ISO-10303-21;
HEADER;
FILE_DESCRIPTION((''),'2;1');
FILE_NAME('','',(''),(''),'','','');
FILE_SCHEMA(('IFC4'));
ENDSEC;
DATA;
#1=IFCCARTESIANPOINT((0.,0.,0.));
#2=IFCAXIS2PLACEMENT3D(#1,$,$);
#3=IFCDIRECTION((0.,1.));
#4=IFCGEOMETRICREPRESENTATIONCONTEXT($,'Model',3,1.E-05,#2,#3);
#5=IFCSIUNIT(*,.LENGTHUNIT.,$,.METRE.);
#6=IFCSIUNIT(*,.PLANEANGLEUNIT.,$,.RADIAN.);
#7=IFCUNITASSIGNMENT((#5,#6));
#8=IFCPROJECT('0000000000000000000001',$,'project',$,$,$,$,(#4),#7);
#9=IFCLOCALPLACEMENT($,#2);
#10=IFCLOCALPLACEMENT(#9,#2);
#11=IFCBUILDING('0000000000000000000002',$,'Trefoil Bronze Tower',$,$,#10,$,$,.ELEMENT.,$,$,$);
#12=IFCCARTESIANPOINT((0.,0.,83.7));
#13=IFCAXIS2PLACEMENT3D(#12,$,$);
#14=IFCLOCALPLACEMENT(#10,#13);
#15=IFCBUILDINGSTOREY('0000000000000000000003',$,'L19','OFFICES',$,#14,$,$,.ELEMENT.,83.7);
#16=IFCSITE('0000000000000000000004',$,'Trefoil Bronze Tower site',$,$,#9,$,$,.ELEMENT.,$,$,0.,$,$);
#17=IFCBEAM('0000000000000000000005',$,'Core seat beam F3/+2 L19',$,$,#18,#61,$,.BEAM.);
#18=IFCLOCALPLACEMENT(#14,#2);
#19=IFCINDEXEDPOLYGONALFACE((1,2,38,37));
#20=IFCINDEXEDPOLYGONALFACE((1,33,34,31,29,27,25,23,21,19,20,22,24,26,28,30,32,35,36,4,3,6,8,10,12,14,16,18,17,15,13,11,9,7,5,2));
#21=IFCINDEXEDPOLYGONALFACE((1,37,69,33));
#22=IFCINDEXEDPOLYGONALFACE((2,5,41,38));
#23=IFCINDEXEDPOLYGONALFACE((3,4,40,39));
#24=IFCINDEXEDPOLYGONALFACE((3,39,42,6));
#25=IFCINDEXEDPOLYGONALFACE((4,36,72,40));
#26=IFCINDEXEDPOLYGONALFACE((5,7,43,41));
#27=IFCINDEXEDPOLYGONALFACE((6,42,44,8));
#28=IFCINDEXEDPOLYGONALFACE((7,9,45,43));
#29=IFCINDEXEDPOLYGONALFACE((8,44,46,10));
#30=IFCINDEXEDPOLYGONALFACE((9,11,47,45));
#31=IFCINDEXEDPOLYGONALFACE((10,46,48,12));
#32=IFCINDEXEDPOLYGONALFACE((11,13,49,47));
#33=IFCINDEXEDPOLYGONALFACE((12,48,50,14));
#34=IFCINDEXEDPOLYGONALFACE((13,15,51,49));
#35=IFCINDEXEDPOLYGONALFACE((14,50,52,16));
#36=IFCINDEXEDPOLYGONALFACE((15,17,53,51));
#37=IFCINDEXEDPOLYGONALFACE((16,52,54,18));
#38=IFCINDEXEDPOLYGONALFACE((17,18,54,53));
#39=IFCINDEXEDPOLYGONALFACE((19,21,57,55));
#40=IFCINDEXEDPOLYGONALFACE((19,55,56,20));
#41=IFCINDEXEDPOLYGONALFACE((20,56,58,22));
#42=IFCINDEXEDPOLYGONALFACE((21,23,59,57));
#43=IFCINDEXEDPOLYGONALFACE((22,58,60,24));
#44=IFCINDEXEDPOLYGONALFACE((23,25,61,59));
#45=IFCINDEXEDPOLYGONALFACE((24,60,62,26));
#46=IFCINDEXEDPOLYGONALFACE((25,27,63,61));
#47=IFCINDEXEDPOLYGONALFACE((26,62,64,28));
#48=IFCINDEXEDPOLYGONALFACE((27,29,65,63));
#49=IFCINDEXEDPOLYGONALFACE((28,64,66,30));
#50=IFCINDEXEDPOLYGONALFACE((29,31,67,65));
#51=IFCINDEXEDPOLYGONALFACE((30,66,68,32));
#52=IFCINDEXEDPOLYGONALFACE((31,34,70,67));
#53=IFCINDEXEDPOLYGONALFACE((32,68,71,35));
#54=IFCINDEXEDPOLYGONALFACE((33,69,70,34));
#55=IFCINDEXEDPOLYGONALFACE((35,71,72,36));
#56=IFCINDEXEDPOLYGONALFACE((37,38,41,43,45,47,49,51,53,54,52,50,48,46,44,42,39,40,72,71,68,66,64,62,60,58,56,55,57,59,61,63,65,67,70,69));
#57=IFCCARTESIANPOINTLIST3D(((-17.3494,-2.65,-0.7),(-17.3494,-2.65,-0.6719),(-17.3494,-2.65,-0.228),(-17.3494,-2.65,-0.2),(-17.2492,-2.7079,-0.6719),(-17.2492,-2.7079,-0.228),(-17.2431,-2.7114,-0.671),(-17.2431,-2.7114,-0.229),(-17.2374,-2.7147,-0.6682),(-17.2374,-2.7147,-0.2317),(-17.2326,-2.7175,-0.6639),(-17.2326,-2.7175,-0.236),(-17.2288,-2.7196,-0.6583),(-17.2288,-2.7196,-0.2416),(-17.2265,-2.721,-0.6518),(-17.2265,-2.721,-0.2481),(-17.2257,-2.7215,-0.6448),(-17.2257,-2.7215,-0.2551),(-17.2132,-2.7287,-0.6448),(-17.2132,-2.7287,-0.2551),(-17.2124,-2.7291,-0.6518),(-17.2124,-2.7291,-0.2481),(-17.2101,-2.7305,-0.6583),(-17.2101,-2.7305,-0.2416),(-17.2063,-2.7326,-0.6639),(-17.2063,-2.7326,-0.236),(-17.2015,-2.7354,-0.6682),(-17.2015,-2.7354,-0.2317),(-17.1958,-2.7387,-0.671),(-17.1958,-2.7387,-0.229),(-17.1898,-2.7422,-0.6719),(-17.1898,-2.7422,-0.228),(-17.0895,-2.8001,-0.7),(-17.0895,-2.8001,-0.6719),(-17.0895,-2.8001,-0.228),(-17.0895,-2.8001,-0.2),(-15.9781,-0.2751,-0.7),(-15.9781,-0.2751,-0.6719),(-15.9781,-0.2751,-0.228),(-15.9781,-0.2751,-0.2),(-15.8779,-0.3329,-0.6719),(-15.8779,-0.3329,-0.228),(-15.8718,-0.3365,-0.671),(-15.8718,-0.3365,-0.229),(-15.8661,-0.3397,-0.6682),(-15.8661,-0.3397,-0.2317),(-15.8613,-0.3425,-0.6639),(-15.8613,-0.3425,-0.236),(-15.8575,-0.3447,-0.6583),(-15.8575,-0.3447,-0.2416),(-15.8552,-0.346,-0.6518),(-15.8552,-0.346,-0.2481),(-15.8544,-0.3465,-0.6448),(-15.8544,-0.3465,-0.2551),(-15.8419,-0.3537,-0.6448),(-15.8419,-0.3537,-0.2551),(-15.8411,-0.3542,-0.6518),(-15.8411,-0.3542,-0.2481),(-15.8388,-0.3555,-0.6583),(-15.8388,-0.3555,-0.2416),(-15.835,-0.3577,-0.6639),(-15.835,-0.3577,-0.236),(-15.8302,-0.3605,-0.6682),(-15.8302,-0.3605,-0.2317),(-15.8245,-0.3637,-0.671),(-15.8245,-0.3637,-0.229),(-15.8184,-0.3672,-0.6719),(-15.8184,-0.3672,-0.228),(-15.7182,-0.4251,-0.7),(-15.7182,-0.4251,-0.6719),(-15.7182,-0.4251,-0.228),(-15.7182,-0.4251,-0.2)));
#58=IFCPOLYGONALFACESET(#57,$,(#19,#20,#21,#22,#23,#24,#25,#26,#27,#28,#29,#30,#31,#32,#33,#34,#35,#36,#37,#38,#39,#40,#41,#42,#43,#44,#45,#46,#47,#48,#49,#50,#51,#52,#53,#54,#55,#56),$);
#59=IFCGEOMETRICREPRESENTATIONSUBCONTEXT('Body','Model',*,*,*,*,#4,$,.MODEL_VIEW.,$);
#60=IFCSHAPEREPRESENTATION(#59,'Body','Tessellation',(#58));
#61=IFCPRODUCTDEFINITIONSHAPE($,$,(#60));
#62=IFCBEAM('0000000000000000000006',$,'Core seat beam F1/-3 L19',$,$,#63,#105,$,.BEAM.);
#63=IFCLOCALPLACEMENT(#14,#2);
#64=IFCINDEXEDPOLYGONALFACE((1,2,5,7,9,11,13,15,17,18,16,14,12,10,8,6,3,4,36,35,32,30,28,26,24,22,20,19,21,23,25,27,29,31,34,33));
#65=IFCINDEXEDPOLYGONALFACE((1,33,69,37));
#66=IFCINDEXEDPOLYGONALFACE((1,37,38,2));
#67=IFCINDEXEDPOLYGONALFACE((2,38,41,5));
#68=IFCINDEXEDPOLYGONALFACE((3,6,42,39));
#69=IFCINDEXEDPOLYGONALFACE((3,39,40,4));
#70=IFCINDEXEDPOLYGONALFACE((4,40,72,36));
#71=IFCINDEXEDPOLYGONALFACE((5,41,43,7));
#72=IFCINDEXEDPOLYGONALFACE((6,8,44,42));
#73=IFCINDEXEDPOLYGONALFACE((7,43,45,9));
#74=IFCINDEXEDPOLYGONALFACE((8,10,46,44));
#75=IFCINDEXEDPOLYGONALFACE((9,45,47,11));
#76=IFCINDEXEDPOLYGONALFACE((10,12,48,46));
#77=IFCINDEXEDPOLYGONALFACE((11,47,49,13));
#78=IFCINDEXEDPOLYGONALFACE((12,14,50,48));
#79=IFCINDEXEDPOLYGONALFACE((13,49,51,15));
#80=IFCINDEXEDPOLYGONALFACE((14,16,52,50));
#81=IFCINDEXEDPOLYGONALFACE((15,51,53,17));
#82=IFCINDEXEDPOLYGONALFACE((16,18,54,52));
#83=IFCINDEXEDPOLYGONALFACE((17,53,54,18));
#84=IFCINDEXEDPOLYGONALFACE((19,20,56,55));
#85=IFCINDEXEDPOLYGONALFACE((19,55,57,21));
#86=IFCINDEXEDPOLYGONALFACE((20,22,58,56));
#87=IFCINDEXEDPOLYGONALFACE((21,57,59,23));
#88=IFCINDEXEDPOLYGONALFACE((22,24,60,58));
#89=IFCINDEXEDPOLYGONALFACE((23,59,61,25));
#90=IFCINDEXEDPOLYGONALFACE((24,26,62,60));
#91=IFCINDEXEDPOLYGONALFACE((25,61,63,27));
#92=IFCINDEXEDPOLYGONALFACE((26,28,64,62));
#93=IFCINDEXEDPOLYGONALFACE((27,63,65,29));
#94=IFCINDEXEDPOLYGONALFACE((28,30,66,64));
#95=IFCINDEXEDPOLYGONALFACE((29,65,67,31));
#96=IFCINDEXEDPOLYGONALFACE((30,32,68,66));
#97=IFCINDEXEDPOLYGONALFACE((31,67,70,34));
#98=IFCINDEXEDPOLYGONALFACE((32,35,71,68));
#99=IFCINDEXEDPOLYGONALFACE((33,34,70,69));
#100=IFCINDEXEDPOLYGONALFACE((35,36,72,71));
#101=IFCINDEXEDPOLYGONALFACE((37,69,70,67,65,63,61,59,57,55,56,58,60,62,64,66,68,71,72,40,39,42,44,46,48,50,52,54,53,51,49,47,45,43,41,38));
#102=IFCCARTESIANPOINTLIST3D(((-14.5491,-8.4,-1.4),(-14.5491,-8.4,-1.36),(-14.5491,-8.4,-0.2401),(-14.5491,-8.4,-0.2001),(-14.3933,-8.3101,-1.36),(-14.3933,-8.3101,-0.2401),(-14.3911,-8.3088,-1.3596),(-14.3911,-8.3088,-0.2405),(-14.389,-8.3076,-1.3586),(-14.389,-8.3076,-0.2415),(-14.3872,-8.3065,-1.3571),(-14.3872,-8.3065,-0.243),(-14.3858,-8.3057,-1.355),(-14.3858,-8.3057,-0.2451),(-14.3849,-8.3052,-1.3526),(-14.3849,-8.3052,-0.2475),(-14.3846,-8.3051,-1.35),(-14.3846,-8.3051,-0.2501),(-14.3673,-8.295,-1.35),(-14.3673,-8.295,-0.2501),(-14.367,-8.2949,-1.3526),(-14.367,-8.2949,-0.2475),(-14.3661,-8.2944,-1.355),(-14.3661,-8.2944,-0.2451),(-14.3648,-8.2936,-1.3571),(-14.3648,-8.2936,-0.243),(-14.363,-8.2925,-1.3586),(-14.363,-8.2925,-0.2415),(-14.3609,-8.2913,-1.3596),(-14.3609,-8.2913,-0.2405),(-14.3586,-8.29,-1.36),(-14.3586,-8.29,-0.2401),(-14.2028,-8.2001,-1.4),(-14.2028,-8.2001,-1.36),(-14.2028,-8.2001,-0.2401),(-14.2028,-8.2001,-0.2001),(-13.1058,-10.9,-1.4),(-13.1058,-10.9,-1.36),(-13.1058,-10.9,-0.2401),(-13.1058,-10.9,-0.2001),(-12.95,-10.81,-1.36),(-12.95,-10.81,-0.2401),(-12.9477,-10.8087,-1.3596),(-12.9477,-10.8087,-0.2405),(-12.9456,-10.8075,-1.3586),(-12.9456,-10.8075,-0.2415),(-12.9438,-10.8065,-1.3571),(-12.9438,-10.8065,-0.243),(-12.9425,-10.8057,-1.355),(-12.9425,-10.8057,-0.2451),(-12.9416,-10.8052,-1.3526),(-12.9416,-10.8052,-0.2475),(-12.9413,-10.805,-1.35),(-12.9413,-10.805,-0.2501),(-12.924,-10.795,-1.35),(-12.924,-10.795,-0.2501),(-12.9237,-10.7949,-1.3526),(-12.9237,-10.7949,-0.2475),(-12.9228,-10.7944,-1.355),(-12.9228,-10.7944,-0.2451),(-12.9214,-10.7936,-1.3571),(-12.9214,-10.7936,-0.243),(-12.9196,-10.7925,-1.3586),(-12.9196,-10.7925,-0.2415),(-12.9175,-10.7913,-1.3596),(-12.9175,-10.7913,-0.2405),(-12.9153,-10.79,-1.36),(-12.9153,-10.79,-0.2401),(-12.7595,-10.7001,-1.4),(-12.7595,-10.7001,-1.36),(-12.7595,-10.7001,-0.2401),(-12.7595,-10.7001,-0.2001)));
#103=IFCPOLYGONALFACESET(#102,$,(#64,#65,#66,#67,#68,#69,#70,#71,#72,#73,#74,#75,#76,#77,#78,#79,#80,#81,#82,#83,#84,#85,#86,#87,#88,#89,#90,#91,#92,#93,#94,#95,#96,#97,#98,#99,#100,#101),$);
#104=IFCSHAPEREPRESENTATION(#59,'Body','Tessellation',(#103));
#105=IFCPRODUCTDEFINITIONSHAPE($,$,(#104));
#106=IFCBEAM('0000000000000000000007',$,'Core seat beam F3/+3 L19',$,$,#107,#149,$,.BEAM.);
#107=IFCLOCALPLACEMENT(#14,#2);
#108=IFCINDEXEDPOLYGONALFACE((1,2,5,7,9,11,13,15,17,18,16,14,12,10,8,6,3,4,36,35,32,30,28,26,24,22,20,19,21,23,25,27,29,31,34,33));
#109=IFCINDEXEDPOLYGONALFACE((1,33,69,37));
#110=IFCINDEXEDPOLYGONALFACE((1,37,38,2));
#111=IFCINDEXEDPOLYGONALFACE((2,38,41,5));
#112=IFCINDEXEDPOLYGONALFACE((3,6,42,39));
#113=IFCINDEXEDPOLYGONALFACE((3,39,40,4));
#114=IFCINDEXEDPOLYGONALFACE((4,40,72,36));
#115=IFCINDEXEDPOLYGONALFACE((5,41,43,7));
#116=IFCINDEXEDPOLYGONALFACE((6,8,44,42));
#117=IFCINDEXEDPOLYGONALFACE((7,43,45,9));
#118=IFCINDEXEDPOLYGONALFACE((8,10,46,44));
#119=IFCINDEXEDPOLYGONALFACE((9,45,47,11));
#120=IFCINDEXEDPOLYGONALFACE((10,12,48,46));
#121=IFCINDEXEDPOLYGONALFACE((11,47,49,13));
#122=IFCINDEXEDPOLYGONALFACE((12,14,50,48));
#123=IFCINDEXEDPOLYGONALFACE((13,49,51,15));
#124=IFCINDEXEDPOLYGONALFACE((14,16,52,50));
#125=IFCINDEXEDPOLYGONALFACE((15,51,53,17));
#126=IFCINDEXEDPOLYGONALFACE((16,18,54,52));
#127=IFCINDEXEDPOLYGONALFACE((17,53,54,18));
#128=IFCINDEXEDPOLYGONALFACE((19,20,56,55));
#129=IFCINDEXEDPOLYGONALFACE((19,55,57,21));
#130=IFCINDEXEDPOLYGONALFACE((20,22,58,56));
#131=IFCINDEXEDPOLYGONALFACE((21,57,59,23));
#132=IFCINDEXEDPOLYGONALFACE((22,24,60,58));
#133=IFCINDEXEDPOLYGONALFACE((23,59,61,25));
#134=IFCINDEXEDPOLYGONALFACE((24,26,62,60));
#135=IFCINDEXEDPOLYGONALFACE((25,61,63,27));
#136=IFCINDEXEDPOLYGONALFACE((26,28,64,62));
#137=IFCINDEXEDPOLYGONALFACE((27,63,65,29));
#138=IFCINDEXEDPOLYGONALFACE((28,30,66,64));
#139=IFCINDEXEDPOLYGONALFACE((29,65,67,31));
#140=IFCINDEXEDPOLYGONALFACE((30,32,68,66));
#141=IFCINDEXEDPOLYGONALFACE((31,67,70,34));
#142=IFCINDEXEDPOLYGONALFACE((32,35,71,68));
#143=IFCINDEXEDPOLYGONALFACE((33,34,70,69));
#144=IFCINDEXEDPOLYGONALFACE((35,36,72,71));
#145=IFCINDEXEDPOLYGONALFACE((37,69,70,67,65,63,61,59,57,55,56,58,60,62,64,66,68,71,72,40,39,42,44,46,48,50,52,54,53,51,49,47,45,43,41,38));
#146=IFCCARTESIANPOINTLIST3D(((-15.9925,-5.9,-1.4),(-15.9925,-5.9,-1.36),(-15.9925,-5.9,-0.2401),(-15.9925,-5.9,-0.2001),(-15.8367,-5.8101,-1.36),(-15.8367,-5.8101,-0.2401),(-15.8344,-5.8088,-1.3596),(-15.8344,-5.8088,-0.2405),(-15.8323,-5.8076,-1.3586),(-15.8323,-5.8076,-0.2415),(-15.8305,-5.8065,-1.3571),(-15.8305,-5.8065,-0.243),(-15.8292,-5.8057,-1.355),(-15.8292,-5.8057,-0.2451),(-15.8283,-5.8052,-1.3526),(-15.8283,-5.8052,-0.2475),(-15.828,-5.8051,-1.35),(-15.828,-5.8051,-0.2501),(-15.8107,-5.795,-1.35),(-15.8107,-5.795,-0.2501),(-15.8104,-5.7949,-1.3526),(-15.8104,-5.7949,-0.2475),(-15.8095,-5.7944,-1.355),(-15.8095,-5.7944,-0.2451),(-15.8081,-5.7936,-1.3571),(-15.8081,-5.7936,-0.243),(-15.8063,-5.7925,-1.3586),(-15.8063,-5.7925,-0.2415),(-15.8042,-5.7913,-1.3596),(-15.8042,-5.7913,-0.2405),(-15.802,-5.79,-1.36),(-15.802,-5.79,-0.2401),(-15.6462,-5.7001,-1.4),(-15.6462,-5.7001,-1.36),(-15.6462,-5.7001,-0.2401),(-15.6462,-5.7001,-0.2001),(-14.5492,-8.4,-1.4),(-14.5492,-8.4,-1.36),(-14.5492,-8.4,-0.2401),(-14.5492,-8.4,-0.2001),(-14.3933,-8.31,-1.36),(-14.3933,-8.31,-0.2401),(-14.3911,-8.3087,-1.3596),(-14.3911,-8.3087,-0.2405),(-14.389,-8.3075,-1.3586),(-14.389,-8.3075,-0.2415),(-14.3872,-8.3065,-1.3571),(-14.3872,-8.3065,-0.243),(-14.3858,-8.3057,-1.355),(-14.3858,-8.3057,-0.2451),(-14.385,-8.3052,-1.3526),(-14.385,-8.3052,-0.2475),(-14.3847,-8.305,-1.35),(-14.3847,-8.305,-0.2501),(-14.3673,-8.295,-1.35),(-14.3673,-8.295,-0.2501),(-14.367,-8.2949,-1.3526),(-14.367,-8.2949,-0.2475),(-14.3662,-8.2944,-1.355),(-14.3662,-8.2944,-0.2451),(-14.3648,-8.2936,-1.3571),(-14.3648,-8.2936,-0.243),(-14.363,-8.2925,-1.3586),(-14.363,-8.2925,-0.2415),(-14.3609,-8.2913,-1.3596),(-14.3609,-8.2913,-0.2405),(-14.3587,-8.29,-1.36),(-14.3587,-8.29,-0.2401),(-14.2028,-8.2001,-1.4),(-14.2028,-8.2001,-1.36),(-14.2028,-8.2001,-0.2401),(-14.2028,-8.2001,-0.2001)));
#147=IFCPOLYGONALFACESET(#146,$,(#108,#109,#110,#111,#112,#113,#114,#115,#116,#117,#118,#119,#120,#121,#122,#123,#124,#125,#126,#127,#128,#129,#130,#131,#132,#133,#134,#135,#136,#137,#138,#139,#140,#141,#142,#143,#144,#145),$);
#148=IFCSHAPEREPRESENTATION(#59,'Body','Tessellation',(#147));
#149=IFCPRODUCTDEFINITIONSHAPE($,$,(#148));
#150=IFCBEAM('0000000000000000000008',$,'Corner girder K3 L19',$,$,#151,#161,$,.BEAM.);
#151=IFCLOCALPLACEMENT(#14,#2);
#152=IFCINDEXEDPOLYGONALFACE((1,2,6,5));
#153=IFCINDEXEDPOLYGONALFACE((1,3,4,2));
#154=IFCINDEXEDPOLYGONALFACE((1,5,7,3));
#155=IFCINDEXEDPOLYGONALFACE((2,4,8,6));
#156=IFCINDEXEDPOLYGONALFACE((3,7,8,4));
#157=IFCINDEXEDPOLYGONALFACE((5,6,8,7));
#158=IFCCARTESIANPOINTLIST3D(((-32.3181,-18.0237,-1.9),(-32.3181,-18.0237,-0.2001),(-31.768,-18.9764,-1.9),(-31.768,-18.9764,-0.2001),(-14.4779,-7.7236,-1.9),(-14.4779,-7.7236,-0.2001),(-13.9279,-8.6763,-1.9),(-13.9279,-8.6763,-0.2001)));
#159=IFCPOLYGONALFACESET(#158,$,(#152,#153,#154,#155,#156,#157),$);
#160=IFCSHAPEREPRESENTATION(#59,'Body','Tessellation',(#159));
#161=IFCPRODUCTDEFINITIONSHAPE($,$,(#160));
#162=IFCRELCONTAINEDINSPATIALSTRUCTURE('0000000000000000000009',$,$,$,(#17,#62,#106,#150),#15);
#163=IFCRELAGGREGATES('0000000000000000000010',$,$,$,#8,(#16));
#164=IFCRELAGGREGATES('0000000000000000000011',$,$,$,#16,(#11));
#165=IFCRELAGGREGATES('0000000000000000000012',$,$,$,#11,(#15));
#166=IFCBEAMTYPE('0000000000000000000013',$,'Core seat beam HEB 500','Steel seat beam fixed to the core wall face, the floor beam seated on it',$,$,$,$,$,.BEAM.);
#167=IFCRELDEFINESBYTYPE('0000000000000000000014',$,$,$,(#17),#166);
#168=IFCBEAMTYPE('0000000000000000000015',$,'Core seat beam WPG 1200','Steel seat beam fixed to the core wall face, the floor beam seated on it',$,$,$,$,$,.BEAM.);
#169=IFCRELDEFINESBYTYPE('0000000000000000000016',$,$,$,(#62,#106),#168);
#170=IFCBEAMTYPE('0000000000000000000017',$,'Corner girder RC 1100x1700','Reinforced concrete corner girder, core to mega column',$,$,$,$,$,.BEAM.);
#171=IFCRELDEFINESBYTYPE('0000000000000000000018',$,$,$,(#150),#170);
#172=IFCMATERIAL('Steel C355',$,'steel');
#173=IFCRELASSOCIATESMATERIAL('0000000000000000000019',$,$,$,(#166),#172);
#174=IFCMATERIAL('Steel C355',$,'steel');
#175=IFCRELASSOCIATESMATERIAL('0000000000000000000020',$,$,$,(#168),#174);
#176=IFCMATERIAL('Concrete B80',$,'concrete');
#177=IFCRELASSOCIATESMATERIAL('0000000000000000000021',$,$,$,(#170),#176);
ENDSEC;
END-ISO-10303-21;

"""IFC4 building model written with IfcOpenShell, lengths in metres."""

from ifc_helpers import new_model, si_unit, direction, frame, origin, origin_2d, place, context, subcontext, project, spatial, rectangle, i_section, extrude, material, material_profile, profile_set, type_object, element, save


model = new_model("IFC4")

# Units and contexts
model_context = context("Model", 3, precision=1e-05, world=origin(), true_north=direction((0.0, 1.0)))
body_context = subcontext(model_context, "Body", "Model", "MODEL_VIEW")
ifc_project = project(units=[si_unit("LENGTHUNIT", "METRE"), si_unit("PLANEANGLEUNIT", "RADIAN")], contexts=[model_context])

# Site, building, storey
site_placement = place(None, origin())
site = spatial("IfcSite", under=ifc_project, at=site_placement, Name="Trefoil Bronze Tower site", CompositionType="ELEMENT", RefElevation=0.0)
building_placement = place(site_placement, origin())
building = spatial("IfcBuilding", under=site, at=building_placement, Name="Trefoil Bronze Tower", CompositionType="ELEMENT")
storey_placement = place(building_placement, frame((0.0, 0.0, 83.7)))
storey = spatial("IfcBuildingStorey", under=building, at=storey_placement, Name="L19", Description="OFFICES", CompositionType="ELEMENT", Elevation=83.7)

# Beams
ifc_material_1 = material(Name="Steel C355", Category="steel")
ifc_material_profile_1 = material_profile(ifc_material_1, i_section(OverallWidth=0.3, OverallDepth=0.5, WebThickness=0.0144, FlangeThickness=0.0281, FilletRadius=0.0271, at=origin_2d()), Name="HEB 500")
ifc_profile_set_1 = profile_set([ifc_material_profile_1], Name="Steel C355")
beam_type_1 = type_object("IfcBeamType", Name="Core seat beam HEB 500", Description="Steel seat beam fixed to the core wall face, the floor beam seated on it", PredefinedType="BEAM", material=ifc_profile_set_1)
beam_1_placement = place(storey_placement, frame((-15.8481, -0.3501, -0.45), z_axis=(-0.500036, -0.866005, 0.0), x_axis=(0.866005, -0.500036, 0.0)))
element("IfcBeam", 1, at=beam_1_placement, inside=storey, type_object=beam_type_1, Name="Core seat beam F3/+2 L19", PredefinedType="BEAM", context=body_context, shape_type="SweptSolid", body=[
    extrude(i_section(OverallWidth=0.3, OverallDepth=0.5, WebThickness=0.0144, FlangeThickness=0.0281, FilletRadius=0.0271, at=origin_2d()), origin(), (0.0, 0.0, 1.0), 2.7424),
])
ifc_material_2 = material(Name="Steel C355", Category="steel")
ifc_material_profile_2 = material_profile(ifc_material_2, i_section(OverallWidth=0.3999, OverallDepth=1.2, WebThickness=0.02, FlangeThickness=0.04, FilletRadius=0.01, at=origin_2d()), Name="WPG 1200")
ifc_profile_set_2 = profile_set([ifc_material_profile_2], Name="Steel C355")
beam_type_2 = type_object("IfcBeamType", Name="Core seat beam WPG 1200", Description="Steel seat beam fixed to the core wall face, the floor beam seated on it", PredefinedType="BEAM", material=ifc_profile_set_2)
for number, where, z_axis, x_axis, name in (
    (2, (-14.376, -8.3, -0.8), (0.499996, -0.866028, 0.0), (0.866028, 0.499996, 0.0), "Core seat beam F1/-3 L19"),
    (3, (-15.8193, -5.8, -0.8), (0.499996, -0.866028, 0.0), (0.866028, 0.499996, 0.0), "Core seat beam F3/+3 L19"),
):
    element("IfcBeam", number, at=place(storey_placement, frame(where, z_axis=z_axis, x_axis=x_axis)), inside=storey, type_object=beam_type_2, Name=name, PredefinedType="BEAM", context=body_context, shape_type="SweptSolid", body=[
        extrude(i_section(OverallWidth=0.3999, OverallDepth=1.2, WebThickness=0.02, FlangeThickness=0.04, FilletRadius=0.01, at=origin_2d()), origin(), (0.0, 0.0, 1.0), 2.8867),
    ])
ifc_material_3 = material(Name="Concrete B80", Category="concrete")
ifc_material_profile_3 = material_profile(ifc_material_3, rectangle(XDim=1.1001, YDim=1.7, at=origin_2d()), Name="RC 1100x1700")
ifc_profile_set_3 = profile_set([ifc_material_profile_3], Name="Concrete B80")
beam_type_3 = type_object("IfcBeamType", Name="Corner girder RC 1100x1700", Description="Reinforced concrete corner girder, core to mega column", PredefinedType="BEAM", material=ifc_profile_set_3)
beam_2_placement = place(storey_placement, frame((-14.2029, -8.2, -1.05), z_axis=(-0.866024, -0.500003, 0.0), x_axis=(0.500003, -0.866024, 0.0)))
element("IfcBeam", 4, at=beam_2_placement, inside=storey, type_object=beam_type_3, Name="Corner girder K3 L19", PredefinedType="BEAM", context=body_context, shape_type="SweptSolid", body=[
    extrude(rectangle(XDim=1.1001, YDim=1.7, at=origin_2d()), origin(), (0.0, 0.0, 1.0), 20.6001),
])

save(model, "model.ifc")
